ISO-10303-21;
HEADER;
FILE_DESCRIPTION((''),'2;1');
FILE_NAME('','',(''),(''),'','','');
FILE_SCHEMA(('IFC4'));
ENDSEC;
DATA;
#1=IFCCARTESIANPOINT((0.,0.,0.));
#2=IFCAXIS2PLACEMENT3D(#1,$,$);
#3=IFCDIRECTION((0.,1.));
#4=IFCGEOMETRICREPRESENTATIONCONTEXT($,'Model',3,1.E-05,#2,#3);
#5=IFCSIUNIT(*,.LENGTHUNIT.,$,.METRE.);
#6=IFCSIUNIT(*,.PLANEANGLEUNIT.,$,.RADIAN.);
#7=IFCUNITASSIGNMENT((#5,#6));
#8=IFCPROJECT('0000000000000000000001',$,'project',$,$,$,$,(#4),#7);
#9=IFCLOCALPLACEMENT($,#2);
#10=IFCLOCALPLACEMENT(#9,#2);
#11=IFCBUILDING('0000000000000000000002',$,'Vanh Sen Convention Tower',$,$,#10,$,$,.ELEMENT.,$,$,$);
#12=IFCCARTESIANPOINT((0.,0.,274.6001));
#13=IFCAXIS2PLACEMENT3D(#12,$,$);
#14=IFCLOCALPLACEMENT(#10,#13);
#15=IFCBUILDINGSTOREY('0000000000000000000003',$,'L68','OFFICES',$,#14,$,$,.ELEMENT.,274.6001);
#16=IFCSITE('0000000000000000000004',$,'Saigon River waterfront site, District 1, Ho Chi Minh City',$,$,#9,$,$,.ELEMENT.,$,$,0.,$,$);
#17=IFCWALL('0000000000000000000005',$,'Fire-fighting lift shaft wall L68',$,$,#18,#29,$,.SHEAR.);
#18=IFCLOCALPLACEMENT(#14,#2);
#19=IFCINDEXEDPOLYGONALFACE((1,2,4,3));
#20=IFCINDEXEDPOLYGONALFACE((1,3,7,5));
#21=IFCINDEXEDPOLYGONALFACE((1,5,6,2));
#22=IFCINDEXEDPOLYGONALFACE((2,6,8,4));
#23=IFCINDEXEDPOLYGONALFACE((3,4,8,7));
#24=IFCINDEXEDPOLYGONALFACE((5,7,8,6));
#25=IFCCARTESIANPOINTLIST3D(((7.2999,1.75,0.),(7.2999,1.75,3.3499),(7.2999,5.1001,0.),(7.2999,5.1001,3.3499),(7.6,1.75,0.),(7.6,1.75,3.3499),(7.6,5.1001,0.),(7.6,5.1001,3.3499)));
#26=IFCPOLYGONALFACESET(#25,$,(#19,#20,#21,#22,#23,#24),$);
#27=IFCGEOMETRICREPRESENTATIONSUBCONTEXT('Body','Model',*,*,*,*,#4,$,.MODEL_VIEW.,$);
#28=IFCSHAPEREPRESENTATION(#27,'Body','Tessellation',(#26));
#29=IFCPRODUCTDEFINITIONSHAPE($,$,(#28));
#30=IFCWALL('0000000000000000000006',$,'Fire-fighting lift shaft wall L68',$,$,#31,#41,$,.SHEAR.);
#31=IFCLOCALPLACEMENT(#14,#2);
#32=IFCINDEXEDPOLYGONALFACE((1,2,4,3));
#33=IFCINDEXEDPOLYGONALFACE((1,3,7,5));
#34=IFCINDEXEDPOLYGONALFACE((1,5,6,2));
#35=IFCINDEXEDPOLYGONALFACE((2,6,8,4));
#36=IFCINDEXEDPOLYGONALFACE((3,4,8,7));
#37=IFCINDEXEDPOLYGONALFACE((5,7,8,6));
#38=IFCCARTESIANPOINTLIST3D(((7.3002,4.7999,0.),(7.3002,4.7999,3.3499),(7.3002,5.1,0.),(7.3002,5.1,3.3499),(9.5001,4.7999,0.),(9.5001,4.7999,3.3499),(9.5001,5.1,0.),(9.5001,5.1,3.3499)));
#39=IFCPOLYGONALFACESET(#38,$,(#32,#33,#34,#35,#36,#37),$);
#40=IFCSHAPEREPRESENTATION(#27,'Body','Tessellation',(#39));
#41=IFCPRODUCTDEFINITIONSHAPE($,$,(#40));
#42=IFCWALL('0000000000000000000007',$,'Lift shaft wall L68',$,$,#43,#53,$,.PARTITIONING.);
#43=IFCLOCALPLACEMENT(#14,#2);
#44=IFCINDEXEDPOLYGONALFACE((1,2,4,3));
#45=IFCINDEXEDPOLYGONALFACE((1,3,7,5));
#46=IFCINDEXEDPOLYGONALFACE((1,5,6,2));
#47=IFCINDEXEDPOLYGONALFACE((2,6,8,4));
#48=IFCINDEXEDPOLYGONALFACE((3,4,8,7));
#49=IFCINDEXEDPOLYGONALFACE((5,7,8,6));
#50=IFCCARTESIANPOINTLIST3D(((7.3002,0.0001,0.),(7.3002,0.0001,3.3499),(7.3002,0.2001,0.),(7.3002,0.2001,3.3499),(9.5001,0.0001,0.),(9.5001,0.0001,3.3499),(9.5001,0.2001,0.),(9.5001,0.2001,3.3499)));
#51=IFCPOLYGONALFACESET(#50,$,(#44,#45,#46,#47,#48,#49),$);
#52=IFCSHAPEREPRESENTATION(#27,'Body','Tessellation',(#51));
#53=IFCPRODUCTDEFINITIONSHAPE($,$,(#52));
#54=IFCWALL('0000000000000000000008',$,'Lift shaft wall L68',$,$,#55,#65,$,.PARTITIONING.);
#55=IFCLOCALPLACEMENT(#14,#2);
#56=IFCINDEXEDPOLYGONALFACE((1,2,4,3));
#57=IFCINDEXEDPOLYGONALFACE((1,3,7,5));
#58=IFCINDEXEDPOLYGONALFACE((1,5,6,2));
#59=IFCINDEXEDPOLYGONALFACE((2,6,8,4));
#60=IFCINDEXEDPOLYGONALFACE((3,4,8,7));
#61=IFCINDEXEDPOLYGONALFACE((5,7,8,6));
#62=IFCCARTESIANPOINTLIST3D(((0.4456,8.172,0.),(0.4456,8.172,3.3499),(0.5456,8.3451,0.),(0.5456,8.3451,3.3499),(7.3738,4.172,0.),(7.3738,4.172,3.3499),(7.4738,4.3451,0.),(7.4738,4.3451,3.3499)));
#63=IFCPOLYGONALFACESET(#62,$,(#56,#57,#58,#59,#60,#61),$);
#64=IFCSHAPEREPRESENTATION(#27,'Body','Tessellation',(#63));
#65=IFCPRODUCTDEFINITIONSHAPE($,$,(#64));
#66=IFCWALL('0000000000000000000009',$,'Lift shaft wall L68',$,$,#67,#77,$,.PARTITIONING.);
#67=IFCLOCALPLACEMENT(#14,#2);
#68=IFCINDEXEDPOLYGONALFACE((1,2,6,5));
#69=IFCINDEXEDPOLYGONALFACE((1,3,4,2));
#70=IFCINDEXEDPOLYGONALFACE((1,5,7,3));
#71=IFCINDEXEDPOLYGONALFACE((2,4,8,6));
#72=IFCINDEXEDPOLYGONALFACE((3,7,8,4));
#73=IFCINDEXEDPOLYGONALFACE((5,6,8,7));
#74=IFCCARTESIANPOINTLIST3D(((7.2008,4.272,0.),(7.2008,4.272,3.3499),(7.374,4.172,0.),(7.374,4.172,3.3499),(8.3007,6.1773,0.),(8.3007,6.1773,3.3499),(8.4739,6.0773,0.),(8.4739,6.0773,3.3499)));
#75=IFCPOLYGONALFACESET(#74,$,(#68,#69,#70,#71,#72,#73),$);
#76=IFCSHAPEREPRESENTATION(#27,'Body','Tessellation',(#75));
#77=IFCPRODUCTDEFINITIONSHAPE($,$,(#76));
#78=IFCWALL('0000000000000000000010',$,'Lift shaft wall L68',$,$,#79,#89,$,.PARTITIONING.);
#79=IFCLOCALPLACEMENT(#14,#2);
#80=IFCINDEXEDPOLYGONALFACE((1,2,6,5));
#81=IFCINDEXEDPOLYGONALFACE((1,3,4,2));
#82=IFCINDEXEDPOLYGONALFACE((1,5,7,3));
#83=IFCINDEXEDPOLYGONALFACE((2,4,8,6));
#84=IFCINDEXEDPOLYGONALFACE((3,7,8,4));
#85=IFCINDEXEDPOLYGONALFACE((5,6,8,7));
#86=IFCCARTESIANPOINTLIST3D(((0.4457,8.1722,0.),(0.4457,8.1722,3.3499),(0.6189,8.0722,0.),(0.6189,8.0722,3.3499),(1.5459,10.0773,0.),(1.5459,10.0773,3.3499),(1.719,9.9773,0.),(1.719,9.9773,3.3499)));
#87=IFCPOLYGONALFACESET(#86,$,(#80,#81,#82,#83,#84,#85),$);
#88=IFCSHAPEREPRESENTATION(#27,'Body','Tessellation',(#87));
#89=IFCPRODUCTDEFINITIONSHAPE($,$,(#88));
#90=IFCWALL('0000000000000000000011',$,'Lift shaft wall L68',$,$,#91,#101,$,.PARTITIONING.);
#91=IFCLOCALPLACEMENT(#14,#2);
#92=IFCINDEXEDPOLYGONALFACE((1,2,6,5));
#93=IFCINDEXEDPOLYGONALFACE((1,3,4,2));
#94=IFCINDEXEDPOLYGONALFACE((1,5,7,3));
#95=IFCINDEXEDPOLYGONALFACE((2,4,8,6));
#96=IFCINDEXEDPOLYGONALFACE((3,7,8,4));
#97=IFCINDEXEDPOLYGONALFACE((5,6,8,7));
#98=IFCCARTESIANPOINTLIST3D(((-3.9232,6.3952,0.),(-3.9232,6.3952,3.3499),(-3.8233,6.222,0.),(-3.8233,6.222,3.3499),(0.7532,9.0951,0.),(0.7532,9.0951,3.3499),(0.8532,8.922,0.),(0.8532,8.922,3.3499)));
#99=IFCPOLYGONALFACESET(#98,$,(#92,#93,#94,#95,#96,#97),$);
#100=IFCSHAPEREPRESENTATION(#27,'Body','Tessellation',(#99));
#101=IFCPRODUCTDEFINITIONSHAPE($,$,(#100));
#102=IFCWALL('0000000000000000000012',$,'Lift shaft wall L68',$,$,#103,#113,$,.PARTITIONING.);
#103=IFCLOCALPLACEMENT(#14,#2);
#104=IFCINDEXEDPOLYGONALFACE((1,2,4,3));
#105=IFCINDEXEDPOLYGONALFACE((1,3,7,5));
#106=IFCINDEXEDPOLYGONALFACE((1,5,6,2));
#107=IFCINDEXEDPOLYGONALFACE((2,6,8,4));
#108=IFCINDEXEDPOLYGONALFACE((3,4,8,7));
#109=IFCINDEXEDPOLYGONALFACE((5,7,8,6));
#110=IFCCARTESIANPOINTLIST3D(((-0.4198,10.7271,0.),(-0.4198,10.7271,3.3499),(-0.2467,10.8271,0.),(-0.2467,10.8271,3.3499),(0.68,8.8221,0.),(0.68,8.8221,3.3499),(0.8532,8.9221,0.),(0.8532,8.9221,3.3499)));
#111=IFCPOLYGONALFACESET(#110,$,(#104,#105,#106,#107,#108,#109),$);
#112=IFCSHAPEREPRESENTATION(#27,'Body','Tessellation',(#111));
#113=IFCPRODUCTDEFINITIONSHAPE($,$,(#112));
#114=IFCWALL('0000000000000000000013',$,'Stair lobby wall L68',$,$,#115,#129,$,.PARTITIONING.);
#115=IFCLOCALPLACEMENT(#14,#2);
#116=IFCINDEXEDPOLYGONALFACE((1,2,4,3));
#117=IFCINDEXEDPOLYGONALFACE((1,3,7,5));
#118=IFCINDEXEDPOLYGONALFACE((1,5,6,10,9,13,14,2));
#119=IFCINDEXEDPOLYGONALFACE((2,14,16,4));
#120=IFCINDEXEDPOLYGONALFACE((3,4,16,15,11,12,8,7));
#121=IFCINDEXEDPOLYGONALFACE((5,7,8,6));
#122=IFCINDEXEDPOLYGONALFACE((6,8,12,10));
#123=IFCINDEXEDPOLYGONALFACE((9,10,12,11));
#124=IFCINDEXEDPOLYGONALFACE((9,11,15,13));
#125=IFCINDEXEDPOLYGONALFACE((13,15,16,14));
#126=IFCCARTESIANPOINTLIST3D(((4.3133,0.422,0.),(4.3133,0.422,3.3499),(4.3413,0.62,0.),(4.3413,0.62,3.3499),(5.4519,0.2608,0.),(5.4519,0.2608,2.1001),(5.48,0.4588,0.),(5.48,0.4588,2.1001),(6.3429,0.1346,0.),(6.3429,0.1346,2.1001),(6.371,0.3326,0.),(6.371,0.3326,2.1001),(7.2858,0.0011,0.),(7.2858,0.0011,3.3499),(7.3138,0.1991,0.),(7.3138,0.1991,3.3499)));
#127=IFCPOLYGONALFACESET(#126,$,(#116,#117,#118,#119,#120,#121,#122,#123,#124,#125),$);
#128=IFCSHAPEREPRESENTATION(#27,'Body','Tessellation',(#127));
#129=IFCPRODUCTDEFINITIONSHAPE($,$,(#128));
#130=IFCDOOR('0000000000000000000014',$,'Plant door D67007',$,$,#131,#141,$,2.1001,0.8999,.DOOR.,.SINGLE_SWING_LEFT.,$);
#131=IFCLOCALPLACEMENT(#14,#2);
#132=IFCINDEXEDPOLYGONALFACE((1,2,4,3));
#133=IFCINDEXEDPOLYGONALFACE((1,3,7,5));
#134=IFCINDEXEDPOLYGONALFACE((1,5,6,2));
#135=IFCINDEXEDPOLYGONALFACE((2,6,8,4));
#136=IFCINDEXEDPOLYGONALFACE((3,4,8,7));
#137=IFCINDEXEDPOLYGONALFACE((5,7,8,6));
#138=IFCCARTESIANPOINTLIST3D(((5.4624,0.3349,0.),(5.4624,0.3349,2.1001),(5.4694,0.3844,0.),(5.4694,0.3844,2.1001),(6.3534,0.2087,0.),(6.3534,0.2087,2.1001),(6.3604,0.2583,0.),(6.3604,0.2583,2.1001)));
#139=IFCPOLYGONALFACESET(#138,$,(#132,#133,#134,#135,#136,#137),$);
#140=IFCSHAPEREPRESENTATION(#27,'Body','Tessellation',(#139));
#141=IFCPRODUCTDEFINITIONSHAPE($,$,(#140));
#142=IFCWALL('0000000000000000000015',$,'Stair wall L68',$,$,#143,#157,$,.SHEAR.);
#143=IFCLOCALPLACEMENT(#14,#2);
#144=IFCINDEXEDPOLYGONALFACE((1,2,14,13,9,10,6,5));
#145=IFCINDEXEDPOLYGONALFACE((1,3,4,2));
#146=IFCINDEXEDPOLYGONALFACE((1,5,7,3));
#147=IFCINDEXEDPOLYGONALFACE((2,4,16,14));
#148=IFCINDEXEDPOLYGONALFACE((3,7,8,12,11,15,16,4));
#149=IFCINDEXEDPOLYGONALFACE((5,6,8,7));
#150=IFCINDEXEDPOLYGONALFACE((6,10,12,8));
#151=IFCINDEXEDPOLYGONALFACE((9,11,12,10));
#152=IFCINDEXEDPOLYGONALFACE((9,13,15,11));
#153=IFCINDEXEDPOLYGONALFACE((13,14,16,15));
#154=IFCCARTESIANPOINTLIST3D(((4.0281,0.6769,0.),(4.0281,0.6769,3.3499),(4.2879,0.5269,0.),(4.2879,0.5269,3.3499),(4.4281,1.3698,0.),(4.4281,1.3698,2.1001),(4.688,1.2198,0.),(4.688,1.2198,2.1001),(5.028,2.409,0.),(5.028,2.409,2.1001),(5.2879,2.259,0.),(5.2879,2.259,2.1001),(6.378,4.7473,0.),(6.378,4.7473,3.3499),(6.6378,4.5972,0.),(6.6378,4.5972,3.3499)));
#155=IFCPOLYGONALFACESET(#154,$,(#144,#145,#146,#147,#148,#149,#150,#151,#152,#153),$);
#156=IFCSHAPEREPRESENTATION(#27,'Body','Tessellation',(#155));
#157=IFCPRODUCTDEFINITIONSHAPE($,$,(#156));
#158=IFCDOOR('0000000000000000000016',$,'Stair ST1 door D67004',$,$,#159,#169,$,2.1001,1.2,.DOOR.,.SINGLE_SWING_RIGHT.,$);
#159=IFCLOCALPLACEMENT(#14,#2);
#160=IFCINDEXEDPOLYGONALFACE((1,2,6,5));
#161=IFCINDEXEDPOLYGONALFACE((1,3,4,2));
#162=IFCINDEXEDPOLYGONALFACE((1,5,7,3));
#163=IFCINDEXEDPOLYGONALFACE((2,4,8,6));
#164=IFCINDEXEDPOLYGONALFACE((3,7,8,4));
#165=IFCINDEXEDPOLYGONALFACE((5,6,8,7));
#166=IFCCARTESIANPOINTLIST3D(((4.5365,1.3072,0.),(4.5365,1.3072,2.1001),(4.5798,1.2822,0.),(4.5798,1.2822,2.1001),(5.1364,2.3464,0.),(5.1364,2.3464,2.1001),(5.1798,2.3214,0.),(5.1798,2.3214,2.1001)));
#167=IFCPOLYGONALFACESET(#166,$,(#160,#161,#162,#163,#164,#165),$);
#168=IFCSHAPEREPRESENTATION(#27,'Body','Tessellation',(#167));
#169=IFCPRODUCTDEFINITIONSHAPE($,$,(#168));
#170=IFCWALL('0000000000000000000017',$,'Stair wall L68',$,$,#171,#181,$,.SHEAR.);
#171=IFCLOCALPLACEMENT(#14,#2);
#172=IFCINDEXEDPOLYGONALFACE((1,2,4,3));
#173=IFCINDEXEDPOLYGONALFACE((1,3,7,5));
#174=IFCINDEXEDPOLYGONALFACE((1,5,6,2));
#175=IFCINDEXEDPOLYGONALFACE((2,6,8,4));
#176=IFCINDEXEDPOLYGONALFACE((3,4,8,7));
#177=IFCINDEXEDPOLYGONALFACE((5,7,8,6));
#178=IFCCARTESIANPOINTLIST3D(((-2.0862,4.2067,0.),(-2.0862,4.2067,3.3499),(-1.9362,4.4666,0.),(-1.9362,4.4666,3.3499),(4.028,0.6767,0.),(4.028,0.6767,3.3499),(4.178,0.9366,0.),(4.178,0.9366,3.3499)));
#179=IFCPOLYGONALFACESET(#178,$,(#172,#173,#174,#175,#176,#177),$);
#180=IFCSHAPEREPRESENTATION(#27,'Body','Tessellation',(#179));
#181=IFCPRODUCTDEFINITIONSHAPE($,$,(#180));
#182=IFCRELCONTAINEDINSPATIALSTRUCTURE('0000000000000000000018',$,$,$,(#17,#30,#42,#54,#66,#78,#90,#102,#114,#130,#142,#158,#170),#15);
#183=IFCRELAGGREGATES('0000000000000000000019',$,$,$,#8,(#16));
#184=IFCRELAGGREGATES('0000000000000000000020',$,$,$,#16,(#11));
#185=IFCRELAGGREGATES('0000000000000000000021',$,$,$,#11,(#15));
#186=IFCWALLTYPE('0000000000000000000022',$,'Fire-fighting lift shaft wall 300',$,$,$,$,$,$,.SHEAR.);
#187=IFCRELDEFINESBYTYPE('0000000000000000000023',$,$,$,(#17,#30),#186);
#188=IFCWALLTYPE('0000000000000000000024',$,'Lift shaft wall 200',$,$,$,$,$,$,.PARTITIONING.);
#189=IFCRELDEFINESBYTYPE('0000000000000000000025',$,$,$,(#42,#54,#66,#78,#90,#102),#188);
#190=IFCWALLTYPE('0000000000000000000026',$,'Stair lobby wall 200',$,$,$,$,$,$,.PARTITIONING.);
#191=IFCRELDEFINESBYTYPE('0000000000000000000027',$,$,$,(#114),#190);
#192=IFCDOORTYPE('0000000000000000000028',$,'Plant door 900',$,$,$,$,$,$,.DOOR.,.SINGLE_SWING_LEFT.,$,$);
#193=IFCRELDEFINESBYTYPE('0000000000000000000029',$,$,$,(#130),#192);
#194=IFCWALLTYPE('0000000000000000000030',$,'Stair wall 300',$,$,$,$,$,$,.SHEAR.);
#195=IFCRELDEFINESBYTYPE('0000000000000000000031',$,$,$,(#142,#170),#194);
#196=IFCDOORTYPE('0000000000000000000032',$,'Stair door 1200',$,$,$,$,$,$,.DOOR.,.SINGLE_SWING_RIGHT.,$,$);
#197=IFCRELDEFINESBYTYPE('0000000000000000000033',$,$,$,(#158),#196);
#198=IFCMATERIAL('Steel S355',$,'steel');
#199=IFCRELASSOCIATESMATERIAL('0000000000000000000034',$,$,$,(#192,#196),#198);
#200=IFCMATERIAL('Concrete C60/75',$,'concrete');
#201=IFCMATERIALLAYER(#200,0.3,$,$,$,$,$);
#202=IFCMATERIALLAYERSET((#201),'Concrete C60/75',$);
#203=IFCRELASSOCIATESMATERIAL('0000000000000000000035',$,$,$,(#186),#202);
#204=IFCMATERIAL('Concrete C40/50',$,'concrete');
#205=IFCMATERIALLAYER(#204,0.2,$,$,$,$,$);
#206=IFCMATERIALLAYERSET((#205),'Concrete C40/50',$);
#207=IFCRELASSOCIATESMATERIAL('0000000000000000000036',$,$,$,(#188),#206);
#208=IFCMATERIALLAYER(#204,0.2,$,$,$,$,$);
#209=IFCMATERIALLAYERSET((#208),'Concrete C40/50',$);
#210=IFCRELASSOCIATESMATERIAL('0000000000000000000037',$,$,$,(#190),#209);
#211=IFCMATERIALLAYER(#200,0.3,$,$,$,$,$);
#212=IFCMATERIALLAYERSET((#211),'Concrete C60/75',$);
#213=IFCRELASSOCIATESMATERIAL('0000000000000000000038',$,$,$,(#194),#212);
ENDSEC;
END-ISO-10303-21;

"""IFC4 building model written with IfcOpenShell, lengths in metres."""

from ifc_helpers import new_model, si_unit, direction, frame, frame_2d, origin, place, context, subcontext, project, spatial, rectangle, extrude, material, layer, layer_set, type_object, element, fill, save


model = new_model("IFC4")

# Units and contexts
model_context = context("Model", 3, precision=1e-05, world=origin(), true_north=direction((0.0, 1.0)))
body_context = subcontext(model_context, "Body", "Model", "MODEL_VIEW")
ifc_project = project(units=[si_unit("LENGTHUNIT", "METRE"), si_unit("PLANEANGLEUNIT", "RADIAN")], contexts=[model_context])

# Site, building, storey
site_placement = place(None, origin())
site = spatial("IfcSite", under=ifc_project, at=site_placement, Name="Saigon River waterfront site, District 1, Ho Chi Minh City", CompositionType="ELEMENT", RefElevation=0.0)
building_placement = place(site_placement, origin())
building = spatial("IfcBuilding", under=site, at=building_placement, Name="Vanh Sen Convention Tower", CompositionType="ELEMENT")
storey_placement = place(building_placement, frame((0.0, 0.0, 274.6001)))
storey = spatial("IfcBuildingStorey", under=building, at=storey_placement, Name="L68", Description="OFFICES", CompositionType="ELEMENT", Elevation=274.6001)

# Shared definitions
ifc_material_1 = material(Name="Concrete C40/50", Category="concrete")

# Shared definitions
ifc_material_2 = material(Name="Concrete C60/75", Category="concrete")
ifc_material_3 = material(Name="Steel S355", Category="steel")
door_type_1 = type_object("IfcDoorType", Name="Plant door 900", OperationType="SINGLE_SWING_LEFT", PredefinedType="DOOR", material=ifc_material_3)
ifc_layer_1 = layer(ifc_material_2, 0.3)
ifc_layer_set_1 = layer_set([ifc_layer_1], Name="Concrete C60/75")
wall_type_1 = type_object("IfcWallType", Name="Fire-fighting lift shaft wall 300", PredefinedType="SHEAR", material=ifc_layer_set_1)

# Walls
wall_1_placement = place(storey_placement, frame((7.45, 1.75, 0.0), z_axis=(0.0, 0.0, 1.0), x_axis=(0.0, 1.0, 0.0)))
element("IfcWall", 1, at=wall_1_placement, inside=storey, type_object=wall_type_1, Name="Fire-fighting lift shaft wall L68", PredefinedType="SHEAR", context=body_context, shape_type="SweptSolid", body=[
    extrude(rectangle(XDim=3.3501, YDim=0.3, at=frame_2d((1.675, 0.0))), origin(), (0.0, 0.0, 1.0), 3.3499),
])
wall_2_placement = place(storey_placement, frame((7.3, 4.95, 0.0), z_axis=(0.0, 0.0, 1.0), x_axis=(1.0, 0.0, 0.0)))
element("IfcWall", 2, at=wall_2_placement, inside=storey, type_object=wall_type_1, Name="Fire-fighting lift shaft wall L68", PredefinedType="SHEAR", context=body_context, shape_type="SweptSolid", body=[
    extrude(rectangle(XDim=2.2, YDim=0.3, at=frame_2d((1.1001, 0.0))), origin(), (0.0, 0.0, 1.0), 3.3499),
])
ifc_layer_2 = layer(ifc_material_1, 0.2)
ifc_layer_set_2 = layer_set([ifc_layer_2], Name="Concrete C40/50")
wall_type_2 = type_object("IfcWallType", Name="Lift shaft wall 200", PredefinedType="PARTITIONING", material=ifc_layer_set_2)
wall_3_placement = place(storey_placement, frame((7.3, 0.1001, 0.0), z_axis=(0.0, 0.0, 1.0), x_axis=(1.0, 0.0, 0.0)))
element("IfcWall", 3, at=wall_3_placement, inside=storey, type_object=wall_type_2, Name="Lift shaft wall L68", PredefinedType="PARTITIONING", context=body_context, shape_type="SweptSolid", body=[
    extrude(rectangle(XDim=2.2, YDim=0.2, at=frame_2d((1.1001, 0.0))), origin(), (0.0, 0.0, 1.0), 3.3499),
])
wall_4_placement = place(storey_placement, frame((7.4238, 4.2585, 0.0), z_axis=(0.0, 0.0, 1.0), x_axis=(-0.866026, 0.499999, 0.0)))
element("IfcWall", 4, at=wall_4_placement, inside=storey, type_object=wall_type_2, Name="Lift shaft wall L68", PredefinedType="PARTITIONING", context=body_context, shape_type="SweptSolid", body=[
    extrude(rectangle(XDim=8.0, YDim=0.2, at=frame_2d((4.0, 0.0))), origin(), (0.0, 0.0, 1.0), 3.3499),
])
for number, where, z_axis, x_axis, name in (
    (5, (7.2874, 4.2219, 0.0), (0.0, 0.0, 1.0), (0.499947, 0.866056, 0.0), "Lift shaft wall L68"),
    (6, (0.5322, 8.1221, 0.0), (0.0, 0.0, 1.0), (0.500078, 0.86598, 0.0), "Lift shaft wall L68"),
):
    element("IfcWall", number, at=place(storey_placement, frame(where, z_axis=z_axis, x_axis=x_axis)), inside=storey, type_object=wall_type_2, Name=name, PredefinedType="PARTITIONING", context=body_context, shape_type="SweptSolid", body=[
        extrude(rectangle(XDim=2.2, YDim=0.2, at=frame_2d((1.1001, 0.0))), origin(), (0.0, 0.0, 1.0), 3.3499),
    ])
wall_5_placement = place(storey_placement, frame((0.8032, 9.0085, 0.0), z_axis=(0.0, 0.0, 1.0), x_axis=(-0.866028, -0.499995, 0.0)))
element("IfcWall", 7, at=wall_5_placement, inside=storey, type_object=wall_type_2, Name="Lift shaft wall L68", PredefinedType="PARTITIONING", context=body_context, shape_type="SweptSolid", body=[
    extrude(rectangle(XDim=5.3999, YDim=0.2, at=frame_2d((2.7, 0.0))), origin(), (0.0, 0.0, 1.0), 3.3499),
])
wall_6_placement = place(storey_placement, frame((0.7666, 8.8721, 0.0), z_axis=(0.0, 0.0, 1.0), x_axis=(-0.499995, 0.866028, 0.0)))
element("IfcWall", 8, at=wall_6_placement, inside=storey, type_object=wall_type_2, Name="Lift shaft wall L68", PredefinedType="PARTITIONING", context=body_context, shape_type="SweptSolid", body=[
    extrude(rectangle(XDim=2.1997, YDim=0.2, at=frame_2d((1.0999, 0.0))), origin(), (0.0, 0.0, 1.0), 3.3499),
])

# Walls, openings, doors
ifc_layer_3 = layer(ifc_material_1, 0.2)
ifc_layer_set_3 = layer_set([ifc_layer_3], Name="Concrete C40/50")
wall_type_3 = type_object("IfcWallType", Name="Stair lobby wall 200", PredefinedType="PARTITIONING", material=ifc_layer_set_3)
wall_7_placement = place(storey_placement, frame((4.3274, 0.521, 0.0), z_axis=(0.0, 0.0, 1.0), x_axis=(0.990124, -0.140192, 0.0)))
wall_7 = element("IfcWall", 9, at=wall_7_placement, inside=storey, type_object=wall_type_3, Name="Stair lobby wall L68", PredefinedType="PARTITIONING", context=body_context, shape_type="SweptSolid", body=[
    extrude(rectangle(XDim=3.0022, YDim=0.2, at=frame_2d((1.501, 0.0))), origin(), (0.0, 0.0, 1.0), 3.3499),
])
opening_1_placement = place(wall_7_placement, frame((1.1499, 0.0, 0.0)))
opening_1 = element("IfcOpeningElement", 10, at=opening_1_placement, cuts=wall_7, PredefinedType="OPENING", context=body_context, shape_type="SweptSolid", body=[
    extrude(rectangle(XDim=0.8999, YDim=2.1001, at=frame_2d((0.45, 1.05))), frame((0.0, 0.1099, 0.0), z_axis=(0.0, -1.0, 0.0), x_axis=(1.0, 0.0, 0.0)), (0.0, 0.0, 1.0), 0.22),
])
door_1_placement = place(opening_1_placement, origin())
door_1 = element("IfcDoor", 11, at=door_1_placement, inside=storey, type_object=door_type_1, Name="Plant door D67007", OperationType="SINGLE_SWING_LEFT", OverallHeight=2.1001, OverallWidth=0.8999, PredefinedType="DOOR", context=body_context, shape_type="SweptSolid", body=[
    extrude(rectangle(XDim=0.8999, YDim=2.1001, at=frame_2d((0.45, 1.05))), frame((0.0, 0.0249, 0.0), z_axis=(0.0, -1.0, 0.0), x_axis=(1.0, 0.0, 0.0)), (0.0, 0.0, 1.0), 0.05),
])
fill(opening_1, door_1)
ifc_layer_4 = layer(ifc_material_2, 0.3)
ifc_layer_set_4 = layer_set([ifc_layer_4], Name="Concrete C60/75")
wall_type_4 = type_object("IfcWallType", Name="Stair wall 300", PredefinedType="SHEAR", material=ifc_layer_set_4)
wall_8_placement = place(storey_placement, frame((4.158, 0.6018, 0.0), z_axis=(0.0, 0.0, 1.0), x_axis=(0.499977, 0.866039, 0.0)))
wall_8 = element("IfcWall", 12, at=wall_8_placement, inside=storey, type_object=wall_type_4, Name="Stair wall L68", PredefinedType="SHEAR", context=body_context, shape_type="SweptSolid", body=[
    extrude(rectangle(XDim=4.7, YDim=0.3, at=frame_2d((2.3501, 0.0))), origin(), (0.0, 0.0, 1.0), 3.3499),
])
opening_2_placement = place(wall_8_placement, frame((0.8, 0.0, 0.0)))
opening_2 = element("IfcOpeningElement", 13, at=opening_2_placement, cuts=wall_8, PredefinedType="OPENING", context=body_context, shape_type="SweptSolid", body=[
    extrude(rectangle(XDim=1.2, YDim=2.1001, at=frame_2d((0.6001, 1.05))), frame((0.0, 0.1599, 0.0), z_axis=(0.0, -1.0, 0.0), x_axis=(1.0, 0.0, 0.0)), (0.0, 0.0, 1.0), 0.3201),
])
door_type_2 = type_object("IfcDoorType", Name="Stair door 1200", OperationType="SINGLE_SWING_RIGHT", PredefinedType="DOOR", material=ifc_material_3)
door_2_placement = place(opening_2_placement, origin())
door_2 = element("IfcDoor", 14, at=door_2_placement, inside=storey, type_object=door_type_2, Name="Stair ST1 door D67004", OperationType="SINGLE_SWING_RIGHT", OverallHeight=2.1001, OverallWidth=1.2, PredefinedType="DOOR", context=body_context, shape_type="SweptSolid", body=[
    extrude(rectangle(XDim=1.2, YDim=2.1001, at=frame_2d((0.6001, 1.05))), frame((0.0, 0.0249, 0.0), z_axis=(0.0, -1.0, 0.0), x_axis=(1.0, 0.0, 0.0)), (0.0, 0.0, 1.0), 0.05),
])
fill(opening_2, door_2)

# Wall
for number, where, z_axis, x_axis, name in (
    (15, (4.103, 0.8066, 0.0), (0.0, 0.0, 1.0), (-0.866028, 0.499996, 0.0), "Stair wall L68"),
):
    element("IfcWall", number, at=place(storey_placement, frame(where, z_axis=z_axis, x_axis=x_axis)), inside=storey, type_object=wall_type_4, Name=name, PredefinedType="SHEAR", context=body_context, shape_type="SweptSolid", body=[
        extrude(rectangle(XDim=7.0601, YDim=0.3, at=frame_2d((3.53, 0.0))), origin(), (0.0, 0.0, 1.0), 3.3499),
    ])

save(model, "model.ifc")
